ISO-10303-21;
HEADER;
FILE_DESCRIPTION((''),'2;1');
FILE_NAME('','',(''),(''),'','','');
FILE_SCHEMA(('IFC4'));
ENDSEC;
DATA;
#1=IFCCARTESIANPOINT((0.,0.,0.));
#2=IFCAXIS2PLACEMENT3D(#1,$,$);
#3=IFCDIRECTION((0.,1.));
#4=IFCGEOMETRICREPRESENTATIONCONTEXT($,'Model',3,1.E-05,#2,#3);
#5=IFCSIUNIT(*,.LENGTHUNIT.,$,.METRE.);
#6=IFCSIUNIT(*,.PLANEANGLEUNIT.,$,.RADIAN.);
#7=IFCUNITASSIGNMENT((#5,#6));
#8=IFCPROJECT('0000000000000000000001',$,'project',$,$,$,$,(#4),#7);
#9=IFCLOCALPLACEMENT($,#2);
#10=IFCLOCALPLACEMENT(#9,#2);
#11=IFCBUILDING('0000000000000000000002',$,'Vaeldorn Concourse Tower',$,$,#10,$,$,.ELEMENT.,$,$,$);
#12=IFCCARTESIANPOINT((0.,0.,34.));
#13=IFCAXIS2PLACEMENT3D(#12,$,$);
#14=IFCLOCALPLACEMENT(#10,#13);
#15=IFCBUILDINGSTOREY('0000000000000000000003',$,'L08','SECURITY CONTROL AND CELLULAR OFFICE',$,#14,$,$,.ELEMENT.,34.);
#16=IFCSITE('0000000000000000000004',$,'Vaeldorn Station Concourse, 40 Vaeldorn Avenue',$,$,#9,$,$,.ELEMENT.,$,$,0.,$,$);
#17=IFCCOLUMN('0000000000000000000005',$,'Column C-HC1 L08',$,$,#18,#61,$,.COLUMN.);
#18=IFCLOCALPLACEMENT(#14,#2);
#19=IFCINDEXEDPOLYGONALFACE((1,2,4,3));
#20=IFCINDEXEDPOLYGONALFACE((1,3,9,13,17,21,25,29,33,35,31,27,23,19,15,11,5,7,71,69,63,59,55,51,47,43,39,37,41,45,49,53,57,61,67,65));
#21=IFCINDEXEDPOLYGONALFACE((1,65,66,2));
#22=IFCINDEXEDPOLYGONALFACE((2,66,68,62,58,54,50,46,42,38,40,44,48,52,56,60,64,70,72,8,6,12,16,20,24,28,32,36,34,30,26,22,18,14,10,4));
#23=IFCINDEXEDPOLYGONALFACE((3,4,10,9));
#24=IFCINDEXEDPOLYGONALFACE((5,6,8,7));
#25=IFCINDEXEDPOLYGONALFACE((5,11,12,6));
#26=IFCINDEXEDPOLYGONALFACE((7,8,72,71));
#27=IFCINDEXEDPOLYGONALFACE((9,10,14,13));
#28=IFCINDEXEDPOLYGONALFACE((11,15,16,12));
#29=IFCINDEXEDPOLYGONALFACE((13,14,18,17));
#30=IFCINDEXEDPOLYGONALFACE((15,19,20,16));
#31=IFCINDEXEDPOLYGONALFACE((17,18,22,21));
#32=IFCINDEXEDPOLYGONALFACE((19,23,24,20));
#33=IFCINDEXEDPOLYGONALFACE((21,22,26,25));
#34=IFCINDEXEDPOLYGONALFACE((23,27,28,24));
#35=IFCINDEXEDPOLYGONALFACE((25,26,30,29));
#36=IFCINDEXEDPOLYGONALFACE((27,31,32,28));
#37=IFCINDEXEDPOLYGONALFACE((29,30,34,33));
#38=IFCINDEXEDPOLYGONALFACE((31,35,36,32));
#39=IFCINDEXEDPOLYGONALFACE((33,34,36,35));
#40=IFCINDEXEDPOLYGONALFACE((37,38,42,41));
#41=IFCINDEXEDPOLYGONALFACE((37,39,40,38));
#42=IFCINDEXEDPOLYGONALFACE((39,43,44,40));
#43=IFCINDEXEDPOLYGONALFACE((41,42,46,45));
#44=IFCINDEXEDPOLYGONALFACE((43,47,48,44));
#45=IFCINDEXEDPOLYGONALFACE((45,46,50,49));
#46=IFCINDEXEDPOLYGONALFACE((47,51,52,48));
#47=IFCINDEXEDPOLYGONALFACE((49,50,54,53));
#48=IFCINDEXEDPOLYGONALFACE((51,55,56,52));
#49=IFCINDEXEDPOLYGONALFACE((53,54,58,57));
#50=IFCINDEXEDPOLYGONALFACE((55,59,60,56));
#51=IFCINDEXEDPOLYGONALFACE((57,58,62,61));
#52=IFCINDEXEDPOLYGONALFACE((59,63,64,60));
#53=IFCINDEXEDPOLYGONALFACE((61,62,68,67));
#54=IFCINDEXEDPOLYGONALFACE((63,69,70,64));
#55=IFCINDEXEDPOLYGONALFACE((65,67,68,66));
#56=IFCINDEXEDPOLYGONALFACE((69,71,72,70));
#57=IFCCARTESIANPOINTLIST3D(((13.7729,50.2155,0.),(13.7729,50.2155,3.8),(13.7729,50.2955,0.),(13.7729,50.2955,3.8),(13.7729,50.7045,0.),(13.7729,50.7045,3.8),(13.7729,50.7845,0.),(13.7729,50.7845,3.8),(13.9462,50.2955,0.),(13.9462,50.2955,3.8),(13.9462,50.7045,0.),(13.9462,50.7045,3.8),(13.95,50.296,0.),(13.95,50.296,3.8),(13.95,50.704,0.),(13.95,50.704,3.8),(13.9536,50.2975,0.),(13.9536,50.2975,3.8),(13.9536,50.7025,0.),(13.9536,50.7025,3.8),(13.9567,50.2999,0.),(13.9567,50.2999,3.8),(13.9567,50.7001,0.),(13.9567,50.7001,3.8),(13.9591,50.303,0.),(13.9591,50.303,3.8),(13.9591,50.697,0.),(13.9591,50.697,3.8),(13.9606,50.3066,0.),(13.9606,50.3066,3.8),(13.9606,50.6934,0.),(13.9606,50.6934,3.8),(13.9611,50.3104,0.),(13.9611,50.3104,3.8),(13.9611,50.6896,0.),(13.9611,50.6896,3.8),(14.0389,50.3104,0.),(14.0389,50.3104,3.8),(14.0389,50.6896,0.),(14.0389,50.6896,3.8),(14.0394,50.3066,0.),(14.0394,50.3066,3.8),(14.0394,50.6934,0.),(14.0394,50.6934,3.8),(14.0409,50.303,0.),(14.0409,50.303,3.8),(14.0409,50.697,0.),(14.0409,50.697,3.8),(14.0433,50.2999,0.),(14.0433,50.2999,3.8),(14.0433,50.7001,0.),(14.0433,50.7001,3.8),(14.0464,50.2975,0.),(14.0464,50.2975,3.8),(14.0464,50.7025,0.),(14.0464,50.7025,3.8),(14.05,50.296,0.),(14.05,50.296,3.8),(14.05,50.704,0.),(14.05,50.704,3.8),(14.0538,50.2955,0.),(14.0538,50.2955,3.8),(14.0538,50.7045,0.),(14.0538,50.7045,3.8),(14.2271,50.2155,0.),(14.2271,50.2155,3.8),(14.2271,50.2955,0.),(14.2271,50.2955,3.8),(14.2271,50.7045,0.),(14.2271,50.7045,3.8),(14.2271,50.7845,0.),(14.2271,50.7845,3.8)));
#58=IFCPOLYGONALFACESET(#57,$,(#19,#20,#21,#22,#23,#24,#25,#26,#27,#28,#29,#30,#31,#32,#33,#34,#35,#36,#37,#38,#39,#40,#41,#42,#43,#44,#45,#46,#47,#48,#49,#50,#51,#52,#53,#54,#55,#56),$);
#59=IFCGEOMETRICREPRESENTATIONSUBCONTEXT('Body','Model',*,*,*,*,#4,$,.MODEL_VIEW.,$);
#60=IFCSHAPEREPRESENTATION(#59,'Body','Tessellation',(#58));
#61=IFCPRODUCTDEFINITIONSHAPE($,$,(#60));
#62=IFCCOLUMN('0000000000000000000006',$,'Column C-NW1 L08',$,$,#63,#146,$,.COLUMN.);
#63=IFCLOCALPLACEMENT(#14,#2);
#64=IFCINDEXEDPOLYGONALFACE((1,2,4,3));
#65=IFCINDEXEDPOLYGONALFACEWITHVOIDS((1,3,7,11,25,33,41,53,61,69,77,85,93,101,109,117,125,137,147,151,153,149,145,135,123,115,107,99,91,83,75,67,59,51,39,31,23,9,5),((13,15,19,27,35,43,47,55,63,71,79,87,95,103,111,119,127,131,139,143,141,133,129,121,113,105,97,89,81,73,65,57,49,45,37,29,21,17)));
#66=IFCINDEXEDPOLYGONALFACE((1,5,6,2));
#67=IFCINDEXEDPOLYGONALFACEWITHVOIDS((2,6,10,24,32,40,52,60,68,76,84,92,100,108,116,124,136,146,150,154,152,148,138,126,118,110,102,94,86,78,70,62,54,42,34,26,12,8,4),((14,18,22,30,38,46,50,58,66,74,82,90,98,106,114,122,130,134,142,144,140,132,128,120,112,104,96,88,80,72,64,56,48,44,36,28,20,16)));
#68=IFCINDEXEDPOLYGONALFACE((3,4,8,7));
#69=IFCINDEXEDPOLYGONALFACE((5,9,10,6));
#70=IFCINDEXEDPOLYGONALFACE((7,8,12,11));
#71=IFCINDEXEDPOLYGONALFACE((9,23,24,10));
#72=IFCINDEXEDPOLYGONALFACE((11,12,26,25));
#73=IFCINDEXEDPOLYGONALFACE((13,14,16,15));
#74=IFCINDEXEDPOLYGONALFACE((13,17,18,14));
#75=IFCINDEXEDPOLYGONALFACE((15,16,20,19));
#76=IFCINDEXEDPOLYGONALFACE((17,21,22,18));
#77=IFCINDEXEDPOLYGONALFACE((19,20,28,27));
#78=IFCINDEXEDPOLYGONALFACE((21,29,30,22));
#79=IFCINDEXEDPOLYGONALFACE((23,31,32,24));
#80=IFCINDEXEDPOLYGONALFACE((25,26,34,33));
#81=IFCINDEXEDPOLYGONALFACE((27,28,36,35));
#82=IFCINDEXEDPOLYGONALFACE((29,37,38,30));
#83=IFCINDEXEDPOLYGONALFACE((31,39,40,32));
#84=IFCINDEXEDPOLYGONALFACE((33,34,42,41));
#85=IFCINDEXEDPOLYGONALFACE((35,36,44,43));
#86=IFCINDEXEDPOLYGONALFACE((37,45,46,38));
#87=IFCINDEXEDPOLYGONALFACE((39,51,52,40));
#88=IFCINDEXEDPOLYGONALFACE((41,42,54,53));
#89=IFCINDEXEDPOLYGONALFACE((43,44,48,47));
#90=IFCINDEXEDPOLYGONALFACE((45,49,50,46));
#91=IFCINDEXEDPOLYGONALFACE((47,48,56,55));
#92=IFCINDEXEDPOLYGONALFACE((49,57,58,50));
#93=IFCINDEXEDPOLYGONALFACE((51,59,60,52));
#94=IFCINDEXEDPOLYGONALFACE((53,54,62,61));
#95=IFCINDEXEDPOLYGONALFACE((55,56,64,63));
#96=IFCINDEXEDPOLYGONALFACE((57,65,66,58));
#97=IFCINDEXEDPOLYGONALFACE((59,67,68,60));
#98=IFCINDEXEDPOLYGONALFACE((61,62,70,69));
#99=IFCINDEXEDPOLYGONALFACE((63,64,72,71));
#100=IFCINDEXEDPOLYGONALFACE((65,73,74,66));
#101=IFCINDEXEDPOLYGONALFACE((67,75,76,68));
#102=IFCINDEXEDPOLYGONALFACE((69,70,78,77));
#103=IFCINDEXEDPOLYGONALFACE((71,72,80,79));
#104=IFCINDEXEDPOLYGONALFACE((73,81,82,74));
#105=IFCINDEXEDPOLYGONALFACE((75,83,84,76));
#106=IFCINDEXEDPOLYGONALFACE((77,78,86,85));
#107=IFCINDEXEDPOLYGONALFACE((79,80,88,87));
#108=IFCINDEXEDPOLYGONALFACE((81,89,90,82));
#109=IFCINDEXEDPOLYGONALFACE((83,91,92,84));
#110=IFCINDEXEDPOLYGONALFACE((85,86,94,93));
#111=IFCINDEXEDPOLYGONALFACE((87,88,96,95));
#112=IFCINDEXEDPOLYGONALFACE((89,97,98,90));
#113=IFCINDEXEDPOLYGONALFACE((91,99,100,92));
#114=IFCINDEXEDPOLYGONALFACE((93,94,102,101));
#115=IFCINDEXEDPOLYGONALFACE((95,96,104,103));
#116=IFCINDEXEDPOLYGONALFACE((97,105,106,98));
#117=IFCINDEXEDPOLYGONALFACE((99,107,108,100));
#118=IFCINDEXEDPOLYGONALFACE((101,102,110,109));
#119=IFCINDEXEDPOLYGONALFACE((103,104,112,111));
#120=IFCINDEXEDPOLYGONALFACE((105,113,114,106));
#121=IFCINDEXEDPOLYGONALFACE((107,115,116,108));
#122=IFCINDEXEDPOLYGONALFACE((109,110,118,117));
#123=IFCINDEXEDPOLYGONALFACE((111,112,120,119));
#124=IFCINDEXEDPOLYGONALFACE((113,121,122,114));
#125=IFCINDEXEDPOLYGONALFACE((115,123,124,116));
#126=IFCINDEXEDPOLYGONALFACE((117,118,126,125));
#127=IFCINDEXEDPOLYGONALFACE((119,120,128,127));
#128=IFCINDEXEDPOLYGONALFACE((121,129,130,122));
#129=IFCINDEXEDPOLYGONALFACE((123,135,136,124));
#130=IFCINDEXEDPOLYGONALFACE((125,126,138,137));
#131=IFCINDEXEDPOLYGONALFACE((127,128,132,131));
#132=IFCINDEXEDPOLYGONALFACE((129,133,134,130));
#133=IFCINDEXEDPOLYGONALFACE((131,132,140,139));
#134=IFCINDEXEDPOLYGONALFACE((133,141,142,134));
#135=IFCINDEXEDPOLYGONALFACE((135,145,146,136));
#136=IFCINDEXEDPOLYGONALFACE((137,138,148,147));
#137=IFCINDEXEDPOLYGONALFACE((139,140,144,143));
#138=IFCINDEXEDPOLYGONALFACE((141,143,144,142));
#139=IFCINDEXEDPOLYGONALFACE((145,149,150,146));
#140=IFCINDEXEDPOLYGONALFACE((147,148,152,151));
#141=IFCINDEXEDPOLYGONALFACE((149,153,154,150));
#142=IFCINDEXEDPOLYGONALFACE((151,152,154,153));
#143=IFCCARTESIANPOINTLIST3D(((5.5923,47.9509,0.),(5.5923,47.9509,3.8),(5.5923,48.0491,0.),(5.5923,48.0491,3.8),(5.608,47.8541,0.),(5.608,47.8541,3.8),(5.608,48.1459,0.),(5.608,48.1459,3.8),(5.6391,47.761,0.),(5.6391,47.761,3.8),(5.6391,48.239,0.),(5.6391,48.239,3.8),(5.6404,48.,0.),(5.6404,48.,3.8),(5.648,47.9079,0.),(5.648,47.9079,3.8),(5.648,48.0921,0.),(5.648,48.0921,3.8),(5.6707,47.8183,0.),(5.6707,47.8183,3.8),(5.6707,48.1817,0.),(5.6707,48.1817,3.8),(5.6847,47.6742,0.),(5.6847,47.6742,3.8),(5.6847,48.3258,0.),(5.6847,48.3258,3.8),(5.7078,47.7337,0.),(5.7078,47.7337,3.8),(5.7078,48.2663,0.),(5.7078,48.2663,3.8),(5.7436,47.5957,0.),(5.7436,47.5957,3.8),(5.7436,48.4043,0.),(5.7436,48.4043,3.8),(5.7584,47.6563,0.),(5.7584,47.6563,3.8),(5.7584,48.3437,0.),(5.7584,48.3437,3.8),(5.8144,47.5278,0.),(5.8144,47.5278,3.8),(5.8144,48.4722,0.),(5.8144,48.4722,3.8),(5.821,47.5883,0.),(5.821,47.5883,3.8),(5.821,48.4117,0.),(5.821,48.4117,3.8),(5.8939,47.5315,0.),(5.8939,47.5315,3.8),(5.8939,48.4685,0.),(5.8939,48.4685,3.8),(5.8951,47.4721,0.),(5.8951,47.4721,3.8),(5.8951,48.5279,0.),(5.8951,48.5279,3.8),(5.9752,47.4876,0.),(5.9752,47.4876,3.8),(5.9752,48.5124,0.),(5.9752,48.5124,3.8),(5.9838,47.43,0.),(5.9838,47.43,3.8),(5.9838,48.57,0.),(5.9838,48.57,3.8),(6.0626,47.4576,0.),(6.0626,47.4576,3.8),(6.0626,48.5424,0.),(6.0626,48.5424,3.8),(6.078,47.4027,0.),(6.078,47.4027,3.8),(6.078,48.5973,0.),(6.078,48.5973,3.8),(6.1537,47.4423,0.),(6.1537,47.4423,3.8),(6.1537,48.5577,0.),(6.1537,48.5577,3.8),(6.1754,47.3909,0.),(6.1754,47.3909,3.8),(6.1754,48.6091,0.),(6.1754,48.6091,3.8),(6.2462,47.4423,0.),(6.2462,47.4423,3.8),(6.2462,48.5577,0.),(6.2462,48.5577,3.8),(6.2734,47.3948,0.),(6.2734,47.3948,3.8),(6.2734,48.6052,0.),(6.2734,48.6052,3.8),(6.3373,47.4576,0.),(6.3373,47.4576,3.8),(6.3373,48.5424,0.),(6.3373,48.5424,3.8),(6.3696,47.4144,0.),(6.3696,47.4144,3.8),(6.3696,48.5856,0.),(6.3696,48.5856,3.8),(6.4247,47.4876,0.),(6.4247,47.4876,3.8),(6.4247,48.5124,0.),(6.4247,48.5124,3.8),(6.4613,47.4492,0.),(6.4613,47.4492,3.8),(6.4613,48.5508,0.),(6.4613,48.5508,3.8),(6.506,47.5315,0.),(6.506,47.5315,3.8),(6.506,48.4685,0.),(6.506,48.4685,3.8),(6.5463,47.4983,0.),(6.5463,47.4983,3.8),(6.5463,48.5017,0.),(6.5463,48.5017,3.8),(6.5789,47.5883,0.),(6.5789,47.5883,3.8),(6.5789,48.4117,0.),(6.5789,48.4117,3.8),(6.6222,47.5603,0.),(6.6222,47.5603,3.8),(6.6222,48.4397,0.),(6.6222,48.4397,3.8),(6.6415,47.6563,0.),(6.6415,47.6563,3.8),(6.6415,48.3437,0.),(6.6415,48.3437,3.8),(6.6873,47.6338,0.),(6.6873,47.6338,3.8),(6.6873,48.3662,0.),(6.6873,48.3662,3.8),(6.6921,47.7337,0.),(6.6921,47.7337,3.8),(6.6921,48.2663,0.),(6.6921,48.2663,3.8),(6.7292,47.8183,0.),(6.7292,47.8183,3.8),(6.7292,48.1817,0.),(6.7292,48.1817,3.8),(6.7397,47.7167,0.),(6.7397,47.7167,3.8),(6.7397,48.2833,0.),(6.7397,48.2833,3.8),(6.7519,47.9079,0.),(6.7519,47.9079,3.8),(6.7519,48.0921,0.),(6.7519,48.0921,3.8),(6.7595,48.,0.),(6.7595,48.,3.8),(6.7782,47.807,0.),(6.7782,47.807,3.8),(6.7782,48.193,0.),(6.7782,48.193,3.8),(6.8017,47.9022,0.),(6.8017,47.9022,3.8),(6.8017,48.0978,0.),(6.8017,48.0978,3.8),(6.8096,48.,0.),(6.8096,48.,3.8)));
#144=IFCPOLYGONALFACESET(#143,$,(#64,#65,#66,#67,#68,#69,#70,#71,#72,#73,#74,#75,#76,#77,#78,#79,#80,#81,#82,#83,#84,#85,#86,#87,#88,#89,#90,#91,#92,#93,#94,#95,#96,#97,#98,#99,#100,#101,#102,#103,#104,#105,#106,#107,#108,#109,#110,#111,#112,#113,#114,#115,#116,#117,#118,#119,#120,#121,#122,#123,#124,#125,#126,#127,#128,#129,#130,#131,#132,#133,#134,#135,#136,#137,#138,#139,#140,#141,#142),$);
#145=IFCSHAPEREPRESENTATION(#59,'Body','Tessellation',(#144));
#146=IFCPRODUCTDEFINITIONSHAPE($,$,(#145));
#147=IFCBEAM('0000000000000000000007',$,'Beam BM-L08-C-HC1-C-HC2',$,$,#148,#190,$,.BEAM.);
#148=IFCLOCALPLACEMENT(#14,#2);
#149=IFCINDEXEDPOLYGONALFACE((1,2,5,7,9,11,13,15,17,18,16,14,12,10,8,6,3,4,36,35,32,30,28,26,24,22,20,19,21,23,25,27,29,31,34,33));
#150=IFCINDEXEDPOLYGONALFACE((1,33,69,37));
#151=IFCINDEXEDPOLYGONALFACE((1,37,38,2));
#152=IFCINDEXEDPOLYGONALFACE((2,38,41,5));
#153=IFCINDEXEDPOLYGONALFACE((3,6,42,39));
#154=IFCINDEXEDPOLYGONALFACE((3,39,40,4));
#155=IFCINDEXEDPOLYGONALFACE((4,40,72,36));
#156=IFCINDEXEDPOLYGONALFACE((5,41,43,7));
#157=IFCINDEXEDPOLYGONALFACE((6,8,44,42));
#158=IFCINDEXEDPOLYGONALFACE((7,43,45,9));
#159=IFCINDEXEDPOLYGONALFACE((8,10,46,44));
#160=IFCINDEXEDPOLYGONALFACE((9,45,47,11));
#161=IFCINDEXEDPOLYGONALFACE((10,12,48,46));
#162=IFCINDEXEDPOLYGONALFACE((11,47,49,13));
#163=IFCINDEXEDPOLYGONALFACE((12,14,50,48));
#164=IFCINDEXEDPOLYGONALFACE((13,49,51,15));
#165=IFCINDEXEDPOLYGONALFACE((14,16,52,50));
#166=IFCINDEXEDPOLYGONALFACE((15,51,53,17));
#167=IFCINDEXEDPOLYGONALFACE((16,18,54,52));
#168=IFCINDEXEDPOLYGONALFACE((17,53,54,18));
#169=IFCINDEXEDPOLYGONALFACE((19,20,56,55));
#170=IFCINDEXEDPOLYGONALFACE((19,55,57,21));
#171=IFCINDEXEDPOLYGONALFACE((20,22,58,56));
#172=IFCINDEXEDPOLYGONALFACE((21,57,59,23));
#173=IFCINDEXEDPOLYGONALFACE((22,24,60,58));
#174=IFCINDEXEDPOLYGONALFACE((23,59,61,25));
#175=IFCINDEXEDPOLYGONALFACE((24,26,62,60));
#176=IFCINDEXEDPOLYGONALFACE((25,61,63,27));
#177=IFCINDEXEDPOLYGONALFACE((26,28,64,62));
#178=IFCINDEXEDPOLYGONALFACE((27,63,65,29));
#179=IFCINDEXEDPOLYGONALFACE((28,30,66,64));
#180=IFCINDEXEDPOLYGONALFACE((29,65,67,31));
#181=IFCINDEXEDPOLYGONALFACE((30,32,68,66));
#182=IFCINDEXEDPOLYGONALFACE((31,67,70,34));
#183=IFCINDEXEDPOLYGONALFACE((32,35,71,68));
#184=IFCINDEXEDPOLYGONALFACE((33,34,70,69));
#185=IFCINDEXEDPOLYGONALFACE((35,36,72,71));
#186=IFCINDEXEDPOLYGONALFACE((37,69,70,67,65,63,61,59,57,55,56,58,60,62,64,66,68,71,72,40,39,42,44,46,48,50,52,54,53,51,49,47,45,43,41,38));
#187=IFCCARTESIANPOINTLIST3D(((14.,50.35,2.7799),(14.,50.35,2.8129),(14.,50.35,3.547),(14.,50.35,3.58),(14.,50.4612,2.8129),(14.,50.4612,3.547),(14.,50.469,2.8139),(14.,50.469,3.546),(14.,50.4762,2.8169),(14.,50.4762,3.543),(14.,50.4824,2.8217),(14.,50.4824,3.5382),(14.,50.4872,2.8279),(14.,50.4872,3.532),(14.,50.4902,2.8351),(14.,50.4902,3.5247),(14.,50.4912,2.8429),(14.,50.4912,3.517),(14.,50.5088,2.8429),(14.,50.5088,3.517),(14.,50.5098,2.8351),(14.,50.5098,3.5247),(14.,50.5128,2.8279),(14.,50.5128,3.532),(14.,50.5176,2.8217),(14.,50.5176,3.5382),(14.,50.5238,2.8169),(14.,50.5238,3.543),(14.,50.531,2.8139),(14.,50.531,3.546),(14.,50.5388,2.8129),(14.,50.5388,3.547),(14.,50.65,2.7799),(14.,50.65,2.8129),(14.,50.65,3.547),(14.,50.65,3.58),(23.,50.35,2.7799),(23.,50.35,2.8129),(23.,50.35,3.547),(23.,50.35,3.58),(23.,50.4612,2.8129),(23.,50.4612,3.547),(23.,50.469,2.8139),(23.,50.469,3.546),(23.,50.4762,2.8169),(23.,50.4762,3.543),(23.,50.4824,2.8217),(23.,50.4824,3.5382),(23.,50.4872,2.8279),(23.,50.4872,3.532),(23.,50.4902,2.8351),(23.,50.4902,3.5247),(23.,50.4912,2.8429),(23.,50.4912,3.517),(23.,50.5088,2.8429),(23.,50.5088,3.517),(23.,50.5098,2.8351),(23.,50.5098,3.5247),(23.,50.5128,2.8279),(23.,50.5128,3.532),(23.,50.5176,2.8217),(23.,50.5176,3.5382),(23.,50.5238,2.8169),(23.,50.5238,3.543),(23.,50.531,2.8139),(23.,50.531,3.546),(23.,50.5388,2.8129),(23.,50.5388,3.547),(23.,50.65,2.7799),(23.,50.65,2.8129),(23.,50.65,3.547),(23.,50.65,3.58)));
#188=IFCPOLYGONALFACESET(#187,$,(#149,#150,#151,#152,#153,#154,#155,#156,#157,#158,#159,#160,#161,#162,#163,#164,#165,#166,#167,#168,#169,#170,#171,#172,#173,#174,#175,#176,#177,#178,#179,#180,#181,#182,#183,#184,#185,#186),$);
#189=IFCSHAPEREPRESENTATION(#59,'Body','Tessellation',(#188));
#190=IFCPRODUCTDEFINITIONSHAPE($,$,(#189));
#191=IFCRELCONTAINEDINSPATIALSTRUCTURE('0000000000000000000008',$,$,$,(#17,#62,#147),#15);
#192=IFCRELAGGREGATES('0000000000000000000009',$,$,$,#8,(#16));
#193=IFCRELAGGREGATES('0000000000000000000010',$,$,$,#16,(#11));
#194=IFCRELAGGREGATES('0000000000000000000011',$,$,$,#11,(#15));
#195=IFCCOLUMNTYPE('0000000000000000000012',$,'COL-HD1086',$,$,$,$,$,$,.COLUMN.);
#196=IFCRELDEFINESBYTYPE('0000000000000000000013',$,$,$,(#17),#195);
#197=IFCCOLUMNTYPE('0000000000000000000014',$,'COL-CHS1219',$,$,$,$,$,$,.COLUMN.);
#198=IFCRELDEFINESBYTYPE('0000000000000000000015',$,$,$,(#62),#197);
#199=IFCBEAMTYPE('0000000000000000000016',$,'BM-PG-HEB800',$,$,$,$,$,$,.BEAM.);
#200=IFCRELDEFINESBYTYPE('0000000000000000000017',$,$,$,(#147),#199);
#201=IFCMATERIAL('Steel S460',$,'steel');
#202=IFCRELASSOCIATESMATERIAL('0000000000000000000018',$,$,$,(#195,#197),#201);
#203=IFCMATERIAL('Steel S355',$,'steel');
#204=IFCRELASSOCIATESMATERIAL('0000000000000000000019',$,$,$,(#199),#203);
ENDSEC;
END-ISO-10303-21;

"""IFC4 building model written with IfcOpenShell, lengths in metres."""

from ifc_helpers import new_model, si_unit, direction, frame, origin, origin_2d, place, context, subcontext, project, spatial, hollow_circle, i_section, extrude, source, transform, mapped, material, material_profile, profile_set, type_object, element, save


model = new_model("IFC4")

# Units and contexts
model_context = context("Model", 3, precision=1e-05, world=origin(), true_north=direction((0.0, 1.0)))
body_context = subcontext(model_context, "Body", "Model", "MODEL_VIEW")
ifc_project = project(units=[si_unit("LENGTHUNIT", "METRE"), si_unit("PLANEANGLEUNIT", "RADIAN")], contexts=[model_context])

# Site, building, storey
site_placement = place(None, origin())
site = spatial("IfcSite", under=ifc_project, at=site_placement, Name="Vaeldorn Station Concourse, 40 Vaeldorn Avenue", CompositionType="ELEMENT", RefElevation=0.0)
building_placement = place(site_placement, origin())
building = spatial("IfcBuilding", under=site, at=building_placement, Name="Vaeldorn Concourse Tower", CompositionType="ELEMENT")
storey_placement = place(building_placement, frame((0.0, 0.0, 34.0)))
storey = spatial("IfcBuildingStorey", under=building, at=storey_placement, Name="L08", Description="SECURITY CONTROL AND CELLULAR OFFICE", CompositionType="ELEMENT", Elevation=34.0)

# Columns
ifc_material_1 = material(Name="Steel S460", Category="steel")
ifc_material_profile_1 = material_profile(ifc_material_1, i_section(OverallWidth=0.4541, OverallDepth=0.5691, WebThickness=0.0779, FlangeThickness=0.0801, FilletRadius=0.0149, at=origin_2d()), Name="HD 400x1086")
ifc_profile_set_1 = profile_set([ifc_material_profile_1], Name="Steel S460")
column_type_1 = type_object("IfcColumnType", Name="COL-HD1086", PredefinedType="COLUMN", material=ifc_profile_set_1)
shared_shape_1 = source(origin(), body_context, "Body", "SweptSolid", [
    extrude(i_section(OverallWidth=0.4541, OverallDepth=0.5691, WebThickness=0.0779, FlangeThickness=0.0801, FilletRadius=0.0149, at=origin_2d()), origin(), (0.0, 0.0, 1.0), 3.8),
])
column_1_placement = place(storey_placement, frame((14.0, 50.5, 0.0), z_axis=(0.0, 0.0, 1.0), x_axis=(1.0, 0.0, 0.0)))
element("IfcColumn", 1, at=column_1_placement, inside=storey, type_object=column_type_1, Name="Column C-HC1 L08", PredefinedType="COLUMN", context=body_context, shape_type="MappedRepresentation", body=[
    mapped(shared_shape_1, transform((0.0, 0.0, 0.0), scale=1.0)),
])
ifc_material_profile_2 = material_profile(ifc_material_1, hollow_circle(Radius=0.6096, WallThickness=0.05, at=origin_2d()), Name="CHS 1219x50")
ifc_profile_set_2 = profile_set([ifc_material_profile_2], Name="Steel S460")
column_type_2 = type_object("IfcColumnType", Name="COL-CHS1219", PredefinedType="COLUMN", material=ifc_profile_set_2)
shared_shape_2 = source(origin(), body_context, "Body", "SweptSolid", [
    extrude(hollow_circle(Radius=0.6096, WallThickness=0.05, at=origin_2d()), origin(), (0.0, 0.0, 1.0), 3.8),
])
column_2_placement = place(storey_placement, frame((6.2, 48.0, 0.0), z_axis=(0.0, 0.0, 1.0), x_axis=(1.0, 0.0, 0.0)))
element("IfcColumn", 2, at=column_2_placement, inside=storey, type_object=column_type_2, Name="Column C-NW1 L08", PredefinedType="COLUMN", context=body_context, shape_type="MappedRepresentation", body=[
    mapped(shared_shape_2, transform((0.0, 0.0, 0.0), scale=1.0)),
])

# Beam
ifc_material_2 = material(Name="Steel S355", Category="steel")
ifc_material_profile_3 = material_profile(ifc_material_2, i_section(OverallWidth=0.3, OverallDepth=0.8, WebThickness=0.0176, FlangeThickness=0.033, FilletRadius=0.03, at=origin_2d()), Name="HEB 800")
ifc_profile_set_3 = profile_set([ifc_material_profile_3], Name="Steel S355")
beam_type_1 = type_object("IfcBeamType", Name="BM-PG-HEB800", PredefinedType="BEAM", material=ifc_profile_set_3)
shared_shape_3 = source(origin(), body_context, "Body", "SweptSolid", [
    extrude(i_section(OverallWidth=0.3, OverallDepth=0.8, WebThickness=0.0176, FlangeThickness=0.033, FilletRadius=0.03, at=origin_2d()), origin(), (0.0, 0.0, 1.0), 9.0),
])
beam_1_placement = place(storey_placement, frame((14.0, 50.5, 3.1799), z_axis=(1.0, 0.0, 0.0), x_axis=(0.0, 1.0, 0.0)))
element("IfcBeam", 3, at=beam_1_placement, inside=storey, type_object=beam_type_1, Name="Beam BM-L08-C-HC1-C-HC2", PredefinedType="BEAM", context=body_context, shape_type="MappedRepresentation", body=[
    mapped(shared_shape_3, transform((0.0, 0.0, 0.0), scale=1.0)),
])

save(model, "model.ifc")
